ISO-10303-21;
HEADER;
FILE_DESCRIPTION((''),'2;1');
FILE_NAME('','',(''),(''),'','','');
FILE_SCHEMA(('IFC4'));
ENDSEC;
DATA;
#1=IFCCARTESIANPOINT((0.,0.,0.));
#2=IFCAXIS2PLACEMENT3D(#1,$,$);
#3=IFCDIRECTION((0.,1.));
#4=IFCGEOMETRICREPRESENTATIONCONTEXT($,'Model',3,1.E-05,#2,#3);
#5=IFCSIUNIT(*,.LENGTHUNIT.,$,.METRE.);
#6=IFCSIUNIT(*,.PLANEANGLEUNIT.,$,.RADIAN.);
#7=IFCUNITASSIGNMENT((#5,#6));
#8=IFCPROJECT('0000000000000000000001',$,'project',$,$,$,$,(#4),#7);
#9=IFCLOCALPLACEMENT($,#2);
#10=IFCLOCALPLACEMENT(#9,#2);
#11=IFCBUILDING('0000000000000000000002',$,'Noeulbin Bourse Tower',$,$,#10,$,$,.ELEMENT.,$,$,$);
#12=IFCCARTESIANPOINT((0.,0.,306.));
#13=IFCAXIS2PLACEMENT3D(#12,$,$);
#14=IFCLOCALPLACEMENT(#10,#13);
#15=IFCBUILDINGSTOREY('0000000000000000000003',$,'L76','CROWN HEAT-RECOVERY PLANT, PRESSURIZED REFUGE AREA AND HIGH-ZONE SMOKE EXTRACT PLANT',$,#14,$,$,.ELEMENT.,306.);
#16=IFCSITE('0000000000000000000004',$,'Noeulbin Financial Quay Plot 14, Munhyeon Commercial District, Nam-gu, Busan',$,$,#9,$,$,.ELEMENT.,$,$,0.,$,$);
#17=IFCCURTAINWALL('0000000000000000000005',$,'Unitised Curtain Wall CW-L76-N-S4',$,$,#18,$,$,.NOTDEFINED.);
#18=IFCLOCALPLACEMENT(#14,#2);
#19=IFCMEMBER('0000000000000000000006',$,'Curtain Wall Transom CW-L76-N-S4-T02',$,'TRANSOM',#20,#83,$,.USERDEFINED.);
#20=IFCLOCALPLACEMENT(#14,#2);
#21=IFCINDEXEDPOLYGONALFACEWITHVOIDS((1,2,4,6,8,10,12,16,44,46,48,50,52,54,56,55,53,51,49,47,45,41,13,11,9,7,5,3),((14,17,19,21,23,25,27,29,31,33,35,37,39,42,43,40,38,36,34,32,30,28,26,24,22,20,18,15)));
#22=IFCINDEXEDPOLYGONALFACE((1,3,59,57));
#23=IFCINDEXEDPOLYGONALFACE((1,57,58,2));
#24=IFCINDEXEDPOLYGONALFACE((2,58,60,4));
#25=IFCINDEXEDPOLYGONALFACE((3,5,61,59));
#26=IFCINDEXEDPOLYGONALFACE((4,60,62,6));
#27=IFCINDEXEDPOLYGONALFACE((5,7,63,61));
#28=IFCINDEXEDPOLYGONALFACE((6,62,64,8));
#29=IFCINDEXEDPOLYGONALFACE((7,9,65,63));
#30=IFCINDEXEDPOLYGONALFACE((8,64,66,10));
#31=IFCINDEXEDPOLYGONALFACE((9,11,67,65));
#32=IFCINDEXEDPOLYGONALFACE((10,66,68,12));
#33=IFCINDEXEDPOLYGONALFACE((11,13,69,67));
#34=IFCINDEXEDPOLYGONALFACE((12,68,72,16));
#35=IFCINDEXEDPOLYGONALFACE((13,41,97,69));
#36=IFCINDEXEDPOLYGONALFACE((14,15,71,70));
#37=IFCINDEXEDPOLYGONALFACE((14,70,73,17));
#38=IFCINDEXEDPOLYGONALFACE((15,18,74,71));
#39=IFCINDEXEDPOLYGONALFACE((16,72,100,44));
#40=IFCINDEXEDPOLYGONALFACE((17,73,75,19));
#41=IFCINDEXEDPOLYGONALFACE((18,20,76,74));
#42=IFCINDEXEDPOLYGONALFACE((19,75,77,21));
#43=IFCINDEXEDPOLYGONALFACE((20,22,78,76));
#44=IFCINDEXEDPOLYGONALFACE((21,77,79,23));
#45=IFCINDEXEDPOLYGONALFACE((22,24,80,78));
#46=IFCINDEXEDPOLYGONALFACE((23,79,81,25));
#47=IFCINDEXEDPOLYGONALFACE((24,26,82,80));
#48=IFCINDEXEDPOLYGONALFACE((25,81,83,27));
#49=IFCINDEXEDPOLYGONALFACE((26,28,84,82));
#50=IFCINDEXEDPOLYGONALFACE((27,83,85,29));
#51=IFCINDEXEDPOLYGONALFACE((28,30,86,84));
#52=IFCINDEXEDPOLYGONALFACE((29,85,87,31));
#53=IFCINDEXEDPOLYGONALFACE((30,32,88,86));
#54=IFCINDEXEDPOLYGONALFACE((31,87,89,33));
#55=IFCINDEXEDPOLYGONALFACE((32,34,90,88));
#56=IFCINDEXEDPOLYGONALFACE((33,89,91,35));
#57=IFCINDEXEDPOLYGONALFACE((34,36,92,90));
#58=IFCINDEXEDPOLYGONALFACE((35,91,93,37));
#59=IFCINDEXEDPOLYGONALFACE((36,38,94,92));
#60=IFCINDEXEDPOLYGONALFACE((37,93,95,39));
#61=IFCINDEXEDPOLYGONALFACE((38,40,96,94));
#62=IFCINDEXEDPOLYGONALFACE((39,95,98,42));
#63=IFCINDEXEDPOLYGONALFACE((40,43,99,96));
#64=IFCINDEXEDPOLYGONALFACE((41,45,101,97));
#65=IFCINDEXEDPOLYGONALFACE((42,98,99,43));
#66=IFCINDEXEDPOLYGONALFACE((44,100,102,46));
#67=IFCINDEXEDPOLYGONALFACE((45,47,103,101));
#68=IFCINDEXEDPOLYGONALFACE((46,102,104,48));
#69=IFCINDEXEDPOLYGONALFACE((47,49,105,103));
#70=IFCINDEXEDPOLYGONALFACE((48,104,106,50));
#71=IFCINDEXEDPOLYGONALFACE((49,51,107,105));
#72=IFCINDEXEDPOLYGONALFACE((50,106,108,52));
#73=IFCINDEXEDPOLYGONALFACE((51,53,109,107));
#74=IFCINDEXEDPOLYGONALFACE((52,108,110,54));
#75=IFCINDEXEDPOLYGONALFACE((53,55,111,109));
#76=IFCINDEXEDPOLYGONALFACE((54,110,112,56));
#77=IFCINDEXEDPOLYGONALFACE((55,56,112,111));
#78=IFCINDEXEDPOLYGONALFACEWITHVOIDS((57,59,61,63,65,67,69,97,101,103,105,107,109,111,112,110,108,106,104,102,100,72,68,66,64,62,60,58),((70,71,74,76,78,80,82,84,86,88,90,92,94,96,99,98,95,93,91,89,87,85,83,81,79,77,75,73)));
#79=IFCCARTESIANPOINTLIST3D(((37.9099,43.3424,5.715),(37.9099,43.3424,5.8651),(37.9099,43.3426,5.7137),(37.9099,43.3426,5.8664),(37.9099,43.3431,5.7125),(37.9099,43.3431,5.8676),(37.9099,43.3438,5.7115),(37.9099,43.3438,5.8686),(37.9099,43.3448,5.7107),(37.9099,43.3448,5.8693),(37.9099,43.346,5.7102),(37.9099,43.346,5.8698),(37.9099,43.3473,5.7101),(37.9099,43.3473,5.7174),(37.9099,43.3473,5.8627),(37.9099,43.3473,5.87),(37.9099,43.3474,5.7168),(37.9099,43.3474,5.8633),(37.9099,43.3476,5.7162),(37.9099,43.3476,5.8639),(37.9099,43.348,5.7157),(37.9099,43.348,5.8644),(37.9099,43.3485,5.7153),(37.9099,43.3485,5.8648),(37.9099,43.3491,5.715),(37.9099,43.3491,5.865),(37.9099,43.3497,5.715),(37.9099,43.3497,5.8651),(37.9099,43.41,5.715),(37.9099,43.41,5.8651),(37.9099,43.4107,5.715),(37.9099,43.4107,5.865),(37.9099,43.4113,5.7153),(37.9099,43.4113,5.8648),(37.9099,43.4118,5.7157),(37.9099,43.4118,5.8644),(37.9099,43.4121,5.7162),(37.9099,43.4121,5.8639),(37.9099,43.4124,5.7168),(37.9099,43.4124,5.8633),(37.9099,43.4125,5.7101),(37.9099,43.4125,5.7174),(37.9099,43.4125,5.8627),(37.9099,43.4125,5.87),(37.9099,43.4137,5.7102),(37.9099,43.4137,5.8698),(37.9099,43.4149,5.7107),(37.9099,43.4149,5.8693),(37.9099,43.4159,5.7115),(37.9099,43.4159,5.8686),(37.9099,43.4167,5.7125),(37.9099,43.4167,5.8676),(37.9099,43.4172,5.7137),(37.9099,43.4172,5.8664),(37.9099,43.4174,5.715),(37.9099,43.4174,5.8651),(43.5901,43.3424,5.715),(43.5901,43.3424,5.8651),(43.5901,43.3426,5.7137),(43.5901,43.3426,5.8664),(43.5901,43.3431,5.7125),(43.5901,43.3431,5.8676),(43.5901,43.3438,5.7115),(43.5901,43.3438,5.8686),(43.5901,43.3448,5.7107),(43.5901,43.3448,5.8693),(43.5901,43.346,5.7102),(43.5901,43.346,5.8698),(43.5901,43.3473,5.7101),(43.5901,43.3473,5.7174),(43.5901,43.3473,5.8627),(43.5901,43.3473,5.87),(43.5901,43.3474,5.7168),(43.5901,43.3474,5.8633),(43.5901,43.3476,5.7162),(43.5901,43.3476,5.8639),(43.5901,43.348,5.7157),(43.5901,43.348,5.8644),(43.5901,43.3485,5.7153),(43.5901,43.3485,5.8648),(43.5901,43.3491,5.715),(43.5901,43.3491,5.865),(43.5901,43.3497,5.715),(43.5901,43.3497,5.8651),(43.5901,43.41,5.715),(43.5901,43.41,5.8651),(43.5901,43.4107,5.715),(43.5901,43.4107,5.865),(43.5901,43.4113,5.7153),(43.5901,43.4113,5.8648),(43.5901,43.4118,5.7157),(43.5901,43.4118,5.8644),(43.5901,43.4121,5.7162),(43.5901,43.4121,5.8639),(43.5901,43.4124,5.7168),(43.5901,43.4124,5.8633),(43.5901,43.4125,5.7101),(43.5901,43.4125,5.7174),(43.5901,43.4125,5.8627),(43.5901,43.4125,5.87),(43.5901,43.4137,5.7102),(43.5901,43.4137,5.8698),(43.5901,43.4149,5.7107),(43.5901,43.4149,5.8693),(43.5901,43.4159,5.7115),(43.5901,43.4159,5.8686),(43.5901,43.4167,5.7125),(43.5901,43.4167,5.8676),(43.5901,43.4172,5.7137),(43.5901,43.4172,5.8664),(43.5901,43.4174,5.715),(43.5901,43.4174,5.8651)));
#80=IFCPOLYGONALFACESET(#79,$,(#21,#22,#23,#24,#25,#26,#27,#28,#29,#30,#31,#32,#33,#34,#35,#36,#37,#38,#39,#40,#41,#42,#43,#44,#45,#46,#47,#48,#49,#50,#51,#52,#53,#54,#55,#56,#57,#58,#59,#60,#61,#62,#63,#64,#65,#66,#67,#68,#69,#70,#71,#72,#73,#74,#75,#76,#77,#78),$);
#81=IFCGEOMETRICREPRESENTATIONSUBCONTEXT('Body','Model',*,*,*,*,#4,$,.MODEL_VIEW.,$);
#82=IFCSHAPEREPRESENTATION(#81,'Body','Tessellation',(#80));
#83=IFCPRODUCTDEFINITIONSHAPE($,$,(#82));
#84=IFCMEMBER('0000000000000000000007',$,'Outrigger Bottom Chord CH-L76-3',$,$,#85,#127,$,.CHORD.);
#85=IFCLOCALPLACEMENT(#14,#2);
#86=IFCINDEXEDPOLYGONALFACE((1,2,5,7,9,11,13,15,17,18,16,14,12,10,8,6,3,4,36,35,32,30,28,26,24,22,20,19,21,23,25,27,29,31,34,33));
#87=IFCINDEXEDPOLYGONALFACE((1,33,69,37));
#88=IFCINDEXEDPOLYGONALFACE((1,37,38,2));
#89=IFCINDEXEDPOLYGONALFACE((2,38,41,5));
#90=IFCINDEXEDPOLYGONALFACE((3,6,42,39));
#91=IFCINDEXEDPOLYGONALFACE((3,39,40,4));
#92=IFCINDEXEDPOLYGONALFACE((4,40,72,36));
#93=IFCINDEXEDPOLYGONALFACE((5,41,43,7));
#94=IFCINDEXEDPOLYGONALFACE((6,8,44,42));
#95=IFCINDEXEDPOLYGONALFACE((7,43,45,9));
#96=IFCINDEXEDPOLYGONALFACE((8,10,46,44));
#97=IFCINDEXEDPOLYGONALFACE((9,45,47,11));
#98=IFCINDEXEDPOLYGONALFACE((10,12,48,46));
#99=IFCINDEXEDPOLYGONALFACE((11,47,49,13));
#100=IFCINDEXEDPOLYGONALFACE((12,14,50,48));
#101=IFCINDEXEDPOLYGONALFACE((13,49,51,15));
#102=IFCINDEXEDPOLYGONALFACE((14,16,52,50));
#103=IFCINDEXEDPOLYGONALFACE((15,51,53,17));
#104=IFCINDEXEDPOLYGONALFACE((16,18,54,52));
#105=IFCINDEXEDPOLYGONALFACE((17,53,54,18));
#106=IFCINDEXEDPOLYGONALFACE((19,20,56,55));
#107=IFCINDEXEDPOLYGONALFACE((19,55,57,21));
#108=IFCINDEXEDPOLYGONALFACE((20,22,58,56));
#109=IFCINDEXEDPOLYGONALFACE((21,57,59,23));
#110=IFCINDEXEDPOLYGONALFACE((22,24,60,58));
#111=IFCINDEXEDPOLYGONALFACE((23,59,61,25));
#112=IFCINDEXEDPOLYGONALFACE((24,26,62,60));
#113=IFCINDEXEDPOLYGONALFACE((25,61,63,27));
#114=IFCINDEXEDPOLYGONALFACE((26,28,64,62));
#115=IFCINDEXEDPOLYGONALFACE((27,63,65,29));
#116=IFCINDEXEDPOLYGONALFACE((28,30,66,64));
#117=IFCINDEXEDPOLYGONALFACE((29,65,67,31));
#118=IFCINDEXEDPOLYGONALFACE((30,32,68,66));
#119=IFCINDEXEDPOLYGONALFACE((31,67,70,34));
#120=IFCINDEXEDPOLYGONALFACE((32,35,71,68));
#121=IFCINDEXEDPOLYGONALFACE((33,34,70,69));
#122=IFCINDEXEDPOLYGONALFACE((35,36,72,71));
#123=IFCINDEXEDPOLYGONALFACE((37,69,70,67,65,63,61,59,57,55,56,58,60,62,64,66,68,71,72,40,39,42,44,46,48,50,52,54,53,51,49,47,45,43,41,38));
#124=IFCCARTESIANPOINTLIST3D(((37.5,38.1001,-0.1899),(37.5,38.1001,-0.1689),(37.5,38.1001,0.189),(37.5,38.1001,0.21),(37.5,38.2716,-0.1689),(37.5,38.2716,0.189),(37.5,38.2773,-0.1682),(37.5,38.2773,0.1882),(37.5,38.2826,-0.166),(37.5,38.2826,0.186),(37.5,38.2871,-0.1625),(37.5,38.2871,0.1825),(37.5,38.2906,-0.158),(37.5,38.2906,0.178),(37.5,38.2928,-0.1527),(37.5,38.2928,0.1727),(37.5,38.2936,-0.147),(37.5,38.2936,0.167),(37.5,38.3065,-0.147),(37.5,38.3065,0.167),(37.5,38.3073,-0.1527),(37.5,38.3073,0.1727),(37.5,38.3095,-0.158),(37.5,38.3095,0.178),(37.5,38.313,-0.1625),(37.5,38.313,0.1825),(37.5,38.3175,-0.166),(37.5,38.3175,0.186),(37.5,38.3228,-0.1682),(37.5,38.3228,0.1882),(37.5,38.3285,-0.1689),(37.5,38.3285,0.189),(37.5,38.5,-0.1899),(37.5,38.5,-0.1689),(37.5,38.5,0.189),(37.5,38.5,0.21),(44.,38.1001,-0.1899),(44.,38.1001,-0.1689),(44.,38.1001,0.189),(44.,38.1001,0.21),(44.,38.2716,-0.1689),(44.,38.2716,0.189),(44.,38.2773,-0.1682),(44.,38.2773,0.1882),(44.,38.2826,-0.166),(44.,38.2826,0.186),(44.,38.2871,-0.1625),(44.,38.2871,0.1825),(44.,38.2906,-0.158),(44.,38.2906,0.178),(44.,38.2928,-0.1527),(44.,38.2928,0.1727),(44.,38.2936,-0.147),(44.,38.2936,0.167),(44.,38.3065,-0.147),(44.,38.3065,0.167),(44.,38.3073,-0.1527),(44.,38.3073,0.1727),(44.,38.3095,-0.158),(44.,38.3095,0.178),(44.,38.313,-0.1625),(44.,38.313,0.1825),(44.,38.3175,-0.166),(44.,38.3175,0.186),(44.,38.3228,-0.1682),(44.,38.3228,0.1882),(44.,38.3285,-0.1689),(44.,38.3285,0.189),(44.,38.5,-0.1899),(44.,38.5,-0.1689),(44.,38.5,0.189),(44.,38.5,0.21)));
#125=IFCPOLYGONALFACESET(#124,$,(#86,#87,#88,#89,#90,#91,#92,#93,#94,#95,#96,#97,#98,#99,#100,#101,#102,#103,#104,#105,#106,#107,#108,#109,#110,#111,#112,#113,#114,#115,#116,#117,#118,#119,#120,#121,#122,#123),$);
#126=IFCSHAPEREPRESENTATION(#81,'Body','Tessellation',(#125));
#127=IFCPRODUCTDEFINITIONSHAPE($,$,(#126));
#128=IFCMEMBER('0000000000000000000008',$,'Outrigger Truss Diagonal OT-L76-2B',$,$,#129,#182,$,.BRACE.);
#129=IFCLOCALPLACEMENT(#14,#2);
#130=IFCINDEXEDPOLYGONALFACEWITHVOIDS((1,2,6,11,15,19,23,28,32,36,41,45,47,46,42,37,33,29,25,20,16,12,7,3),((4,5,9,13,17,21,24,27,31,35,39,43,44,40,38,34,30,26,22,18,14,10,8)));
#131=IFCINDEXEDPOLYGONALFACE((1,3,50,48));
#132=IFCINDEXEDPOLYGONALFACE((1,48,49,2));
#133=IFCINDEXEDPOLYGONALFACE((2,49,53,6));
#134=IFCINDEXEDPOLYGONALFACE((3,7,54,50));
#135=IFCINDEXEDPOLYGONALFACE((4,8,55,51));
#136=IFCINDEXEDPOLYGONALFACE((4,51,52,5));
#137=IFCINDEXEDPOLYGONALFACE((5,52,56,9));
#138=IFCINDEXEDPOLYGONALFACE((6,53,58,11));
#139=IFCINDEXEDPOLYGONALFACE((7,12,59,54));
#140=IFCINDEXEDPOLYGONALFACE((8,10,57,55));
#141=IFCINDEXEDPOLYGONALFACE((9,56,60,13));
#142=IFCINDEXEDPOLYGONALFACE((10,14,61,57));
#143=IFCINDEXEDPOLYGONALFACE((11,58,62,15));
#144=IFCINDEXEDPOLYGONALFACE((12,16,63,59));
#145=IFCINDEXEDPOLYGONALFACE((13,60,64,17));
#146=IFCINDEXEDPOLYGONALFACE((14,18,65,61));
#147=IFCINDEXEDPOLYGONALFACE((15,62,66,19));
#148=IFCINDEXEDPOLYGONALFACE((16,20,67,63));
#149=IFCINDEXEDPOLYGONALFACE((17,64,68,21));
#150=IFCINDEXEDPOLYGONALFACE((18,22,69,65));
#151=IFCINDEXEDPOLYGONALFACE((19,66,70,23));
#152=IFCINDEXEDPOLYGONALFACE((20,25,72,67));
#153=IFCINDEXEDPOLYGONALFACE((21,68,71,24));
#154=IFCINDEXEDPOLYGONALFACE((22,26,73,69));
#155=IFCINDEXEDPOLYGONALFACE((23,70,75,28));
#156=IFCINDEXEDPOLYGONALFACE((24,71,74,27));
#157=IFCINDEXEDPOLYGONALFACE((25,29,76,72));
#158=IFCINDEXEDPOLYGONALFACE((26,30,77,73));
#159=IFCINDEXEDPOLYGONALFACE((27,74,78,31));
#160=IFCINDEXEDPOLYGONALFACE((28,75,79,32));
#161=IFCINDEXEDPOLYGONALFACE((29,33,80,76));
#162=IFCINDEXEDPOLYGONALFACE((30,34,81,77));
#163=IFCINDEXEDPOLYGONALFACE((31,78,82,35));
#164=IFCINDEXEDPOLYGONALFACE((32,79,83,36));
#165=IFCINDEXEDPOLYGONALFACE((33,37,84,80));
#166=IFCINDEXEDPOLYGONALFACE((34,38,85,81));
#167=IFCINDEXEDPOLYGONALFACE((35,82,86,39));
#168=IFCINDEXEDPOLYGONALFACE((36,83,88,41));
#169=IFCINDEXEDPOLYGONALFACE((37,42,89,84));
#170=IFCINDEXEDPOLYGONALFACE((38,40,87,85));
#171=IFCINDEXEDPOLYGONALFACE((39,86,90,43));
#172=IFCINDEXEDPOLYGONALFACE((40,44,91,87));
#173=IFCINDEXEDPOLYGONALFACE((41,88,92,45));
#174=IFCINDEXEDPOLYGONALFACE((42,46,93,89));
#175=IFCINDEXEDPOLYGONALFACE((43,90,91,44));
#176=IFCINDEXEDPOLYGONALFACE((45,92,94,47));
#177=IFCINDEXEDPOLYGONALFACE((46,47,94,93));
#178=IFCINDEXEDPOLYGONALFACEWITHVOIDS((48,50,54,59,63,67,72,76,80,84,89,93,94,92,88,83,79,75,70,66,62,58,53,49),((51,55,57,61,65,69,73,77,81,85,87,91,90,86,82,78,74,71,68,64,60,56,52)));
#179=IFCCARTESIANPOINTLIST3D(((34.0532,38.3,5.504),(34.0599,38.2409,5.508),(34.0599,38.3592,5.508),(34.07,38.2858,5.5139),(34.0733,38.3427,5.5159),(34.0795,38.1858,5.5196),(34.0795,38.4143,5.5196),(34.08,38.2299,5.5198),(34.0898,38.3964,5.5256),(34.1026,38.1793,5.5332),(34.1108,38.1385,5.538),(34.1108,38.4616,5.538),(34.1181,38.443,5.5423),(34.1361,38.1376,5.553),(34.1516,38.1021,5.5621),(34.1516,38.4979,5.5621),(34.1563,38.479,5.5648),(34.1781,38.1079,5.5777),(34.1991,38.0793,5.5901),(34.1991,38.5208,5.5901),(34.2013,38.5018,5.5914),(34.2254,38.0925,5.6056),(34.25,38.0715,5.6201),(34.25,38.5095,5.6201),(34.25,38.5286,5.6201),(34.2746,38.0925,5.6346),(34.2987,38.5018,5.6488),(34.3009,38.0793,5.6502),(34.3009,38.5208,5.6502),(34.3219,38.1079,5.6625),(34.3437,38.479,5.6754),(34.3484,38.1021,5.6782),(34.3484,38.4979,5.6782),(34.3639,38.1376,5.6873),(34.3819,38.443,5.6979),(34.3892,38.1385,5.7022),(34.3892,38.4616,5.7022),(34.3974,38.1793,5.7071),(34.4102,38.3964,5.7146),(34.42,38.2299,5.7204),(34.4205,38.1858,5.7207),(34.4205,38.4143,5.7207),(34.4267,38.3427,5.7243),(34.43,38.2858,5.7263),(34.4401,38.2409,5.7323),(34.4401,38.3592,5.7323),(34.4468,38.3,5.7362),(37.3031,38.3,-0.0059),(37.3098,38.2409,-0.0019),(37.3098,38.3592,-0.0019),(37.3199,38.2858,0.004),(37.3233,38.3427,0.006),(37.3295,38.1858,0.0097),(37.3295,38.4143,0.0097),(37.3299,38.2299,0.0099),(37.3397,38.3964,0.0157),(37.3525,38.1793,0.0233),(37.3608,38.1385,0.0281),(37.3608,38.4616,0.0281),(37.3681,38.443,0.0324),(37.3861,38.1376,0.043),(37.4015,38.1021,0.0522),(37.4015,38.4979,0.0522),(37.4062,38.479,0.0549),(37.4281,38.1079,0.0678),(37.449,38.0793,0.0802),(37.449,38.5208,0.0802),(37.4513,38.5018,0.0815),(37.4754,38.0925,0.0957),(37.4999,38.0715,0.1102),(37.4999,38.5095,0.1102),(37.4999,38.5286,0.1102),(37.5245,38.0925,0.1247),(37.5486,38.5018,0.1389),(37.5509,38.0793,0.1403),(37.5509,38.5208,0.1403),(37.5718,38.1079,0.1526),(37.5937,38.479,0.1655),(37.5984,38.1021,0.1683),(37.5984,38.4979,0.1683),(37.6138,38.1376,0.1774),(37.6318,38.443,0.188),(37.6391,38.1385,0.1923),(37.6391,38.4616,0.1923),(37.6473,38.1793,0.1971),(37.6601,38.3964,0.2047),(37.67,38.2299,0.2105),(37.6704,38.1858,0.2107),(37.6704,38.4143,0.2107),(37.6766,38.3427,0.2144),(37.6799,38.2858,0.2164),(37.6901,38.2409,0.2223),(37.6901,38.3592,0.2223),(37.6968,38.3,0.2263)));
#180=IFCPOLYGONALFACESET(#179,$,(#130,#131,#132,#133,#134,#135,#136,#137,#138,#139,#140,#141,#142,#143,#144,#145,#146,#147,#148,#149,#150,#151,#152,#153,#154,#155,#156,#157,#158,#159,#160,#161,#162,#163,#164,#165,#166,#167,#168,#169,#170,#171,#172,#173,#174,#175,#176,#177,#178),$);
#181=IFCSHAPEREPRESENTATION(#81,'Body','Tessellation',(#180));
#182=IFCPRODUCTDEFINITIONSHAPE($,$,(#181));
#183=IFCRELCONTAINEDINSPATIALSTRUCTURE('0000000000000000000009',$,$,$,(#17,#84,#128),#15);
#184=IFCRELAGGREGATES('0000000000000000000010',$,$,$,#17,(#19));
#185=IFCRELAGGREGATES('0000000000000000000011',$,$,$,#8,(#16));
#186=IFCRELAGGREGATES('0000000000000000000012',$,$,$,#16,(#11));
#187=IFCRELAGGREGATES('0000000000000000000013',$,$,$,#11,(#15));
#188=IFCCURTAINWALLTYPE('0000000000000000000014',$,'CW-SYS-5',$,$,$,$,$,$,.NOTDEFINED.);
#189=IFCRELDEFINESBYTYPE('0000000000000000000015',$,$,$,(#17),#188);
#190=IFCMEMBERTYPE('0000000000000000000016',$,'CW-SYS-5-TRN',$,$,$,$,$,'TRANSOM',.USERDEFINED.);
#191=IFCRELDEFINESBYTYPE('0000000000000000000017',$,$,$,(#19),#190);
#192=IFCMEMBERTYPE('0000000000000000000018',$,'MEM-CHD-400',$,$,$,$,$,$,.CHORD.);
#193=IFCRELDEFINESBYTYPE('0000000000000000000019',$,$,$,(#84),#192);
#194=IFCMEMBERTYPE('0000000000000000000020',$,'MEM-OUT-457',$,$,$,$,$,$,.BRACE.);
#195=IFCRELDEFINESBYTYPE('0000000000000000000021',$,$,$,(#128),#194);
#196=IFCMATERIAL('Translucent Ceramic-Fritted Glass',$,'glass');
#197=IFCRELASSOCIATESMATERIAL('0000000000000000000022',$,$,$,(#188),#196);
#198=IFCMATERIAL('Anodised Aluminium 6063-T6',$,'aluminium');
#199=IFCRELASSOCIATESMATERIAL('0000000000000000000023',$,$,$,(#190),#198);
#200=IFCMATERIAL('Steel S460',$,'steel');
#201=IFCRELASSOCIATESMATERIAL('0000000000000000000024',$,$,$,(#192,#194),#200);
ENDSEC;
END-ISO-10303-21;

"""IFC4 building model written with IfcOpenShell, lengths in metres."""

from ifc_helpers import new_model, si_unit, direction, frame, origin, origin_2d, place, context, subcontext, project, spatial, hollow_rectangle, hollow_circle, i_section, extrude, material, material_profile, profile_set, type_object, element, aggregate, save


model = new_model("IFC4")

# Units and contexts
model_context = context("Model", 3, precision=1e-05, world=origin(), true_north=direction((0.0, 1.0)))
body_context = subcontext(model_context, "Body", "Model", "MODEL_VIEW")
ifc_project = project(units=[si_unit("LENGTHUNIT", "METRE"), si_unit("PLANEANGLEUNIT", "RADIAN")], contexts=[model_context])

# Site, building, storey
site_placement = place(None, origin())
site = spatial("IfcSite", under=ifc_project, at=site_placement, Name="Noeulbin Financial Quay Plot 14, Munhyeon Commercial District, Nam-gu, Busan", CompositionType="ELEMENT", RefElevation=0.0)
building_placement = place(site_placement, origin())
building = spatial("IfcBuilding", under=site, at=building_placement, Name="Noeulbin Bourse Tower", CompositionType="ELEMENT")
storey_placement = place(building_placement, frame((0.0, 0.0, 306.0)))
storey = spatial("IfcBuildingStorey", under=building, at=storey_placement, Name="L76", Description="CROWN HEAT-RECOVERY PLANT, PRESSURIZED REFUGE AREA AND HIGH-ZONE SMOKE EXTRACT PLANT", CompositionType="ELEMENT", Elevation=306.0)

# Shared definitions
ifc_material_1 = material(Name="Steel S460", Category="steel")

# Shared definitions
ifc_material_2 = material(Name="Translucent Ceramic-Fritted Glass", Category="glass")
curtain_wall_type = type_object("IfcCurtainWallType", Name="CW-SYS-5", PredefinedType="NOTDEFINED", material=ifc_material_2)
ifc_material_3 = material(Name="Anodised Aluminium 6063-T6", Category="aluminium")

# Curtain wall
curtain_wall_1_placement = place(storey_placement, origin())
curtain_wall_1 = element("IfcCurtainWall", 1, at=curtain_wall_1_placement, inside=storey, type_object=curtain_wall_type, Name="Unitised Curtain Wall CW-L76-N-S4", PredefinedType="NOTDEFINED")

# Member
ifc_material_profile_1 = material_profile(ifc_material_3, hollow_rectangle(XDim=0.075, YDim=0.1599, WallThickness=0.0049, InnerFilletRadius=0.0024, OuterFilletRadius=0.0049, at=origin_2d()), Name="ALU-TRAN-75x160x5", Category="LoadBearing")
ifc_profile_set_1 = profile_set([ifc_material_profile_1], Name="Anodised Aluminium 6063-T6")
member_type_1 = type_object("IfcMemberType", Name="CW-SYS-5-TRN", ElementType="TRANSOM", PredefinedType="USERDEFINED", material=ifc_profile_set_1)
member_1_placement = place(storey_placement, frame((37.9099, 43.3799, 5.79), z_axis=(1.0, 0.0, 0.0), x_axis=(0.0, 1.0, 0.0)))
member_1 = element("IfcMember", 2, at=member_1_placement, type_object=member_type_1, Name="Curtain Wall Transom CW-L76-N-S4-T02", ObjectType="TRANSOM", PredefinedType="USERDEFINED", context=body_context, shape_type="SweptSolid", body=[
    extrude(hollow_rectangle(XDim=0.075, YDim=0.1599, WallThickness=0.0049, InnerFilletRadius=0.0024, OuterFilletRadius=0.0049, at=origin_2d()), origin(), (0.0, 0.0, 1.0), 5.6802),
])
aggregate(curtain_wall_1, [member_1])

# Members
ifc_material_profile_2 = material_profile(ifc_material_1, i_section(OverallWidth=0.3999, OverallDepth=0.3999, WebThickness=0.0129, FlangeThickness=0.021, FilletRadius=0.022, at=origin_2d()), Name="H-400x400x13x21", Category="LoadBearing")
ifc_profile_set_2 = profile_set([ifc_material_profile_2], Name="Steel S460")
member_type_2 = type_object("IfcMemberType", Name="MEM-CHD-400", PredefinedType="CHORD", material=ifc_profile_set_2)
member_2_placement = place(storey_placement, frame((37.5, 38.3, 0.01), z_axis=(1.0, 0.0, 0.0), x_axis=(0.0, 1.0, 0.0)))
element("IfcMember", 3, at=member_2_placement, inside=storey, type_object=member_type_2, Name="Outrigger Bottom Chord CH-L76-3", PredefinedType="CHORD", context=body_context, shape_type="SweptSolid", body=[
    extrude(i_section(OverallWidth=0.3999, OverallDepth=0.3999, WebThickness=0.0129, FlangeThickness=0.021, FilletRadius=0.022, at=origin_2d()), origin(), (0.0, 0.0, 1.0), 6.5),
])
ifc_material_profile_3 = material_profile(ifc_material_1, hollow_circle(Radius=0.2285, WallThickness=0.019, at=origin_2d()), Name="CHS-457.2x19.0", Category="LoadBearing")
ifc_profile_set_3 = profile_set([ifc_material_profile_3], Name="Steel S460")
member_type_3 = type_object("IfcMemberType", Name="MEM-OUT-457", PredefinedType="BRACE", material=ifc_profile_set_3)
for number, where, z_axis, x_axis, name in (
    (4, (34.25, 38.3, 5.6201), (0.508044, 0.0, -0.861331), (0.0, 1.0, 0.0), "Outrigger Truss Diagonal OT-L76-2B"),
):
    element("IfcMember", number, at=place(storey_placement, frame(where, z_axis=z_axis, x_axis=x_axis)), inside=storey, type_object=member_type_3, Name=name, PredefinedType="BRACE", context=body_context, shape_type="SweptSolid", body=[
        extrude(hollow_circle(Radius=0.2285, WallThickness=0.019, at=origin_2d()), origin(), (0.0, 0.0, 1.0), 6.397),
    ])

save(model, "model.ifc")
